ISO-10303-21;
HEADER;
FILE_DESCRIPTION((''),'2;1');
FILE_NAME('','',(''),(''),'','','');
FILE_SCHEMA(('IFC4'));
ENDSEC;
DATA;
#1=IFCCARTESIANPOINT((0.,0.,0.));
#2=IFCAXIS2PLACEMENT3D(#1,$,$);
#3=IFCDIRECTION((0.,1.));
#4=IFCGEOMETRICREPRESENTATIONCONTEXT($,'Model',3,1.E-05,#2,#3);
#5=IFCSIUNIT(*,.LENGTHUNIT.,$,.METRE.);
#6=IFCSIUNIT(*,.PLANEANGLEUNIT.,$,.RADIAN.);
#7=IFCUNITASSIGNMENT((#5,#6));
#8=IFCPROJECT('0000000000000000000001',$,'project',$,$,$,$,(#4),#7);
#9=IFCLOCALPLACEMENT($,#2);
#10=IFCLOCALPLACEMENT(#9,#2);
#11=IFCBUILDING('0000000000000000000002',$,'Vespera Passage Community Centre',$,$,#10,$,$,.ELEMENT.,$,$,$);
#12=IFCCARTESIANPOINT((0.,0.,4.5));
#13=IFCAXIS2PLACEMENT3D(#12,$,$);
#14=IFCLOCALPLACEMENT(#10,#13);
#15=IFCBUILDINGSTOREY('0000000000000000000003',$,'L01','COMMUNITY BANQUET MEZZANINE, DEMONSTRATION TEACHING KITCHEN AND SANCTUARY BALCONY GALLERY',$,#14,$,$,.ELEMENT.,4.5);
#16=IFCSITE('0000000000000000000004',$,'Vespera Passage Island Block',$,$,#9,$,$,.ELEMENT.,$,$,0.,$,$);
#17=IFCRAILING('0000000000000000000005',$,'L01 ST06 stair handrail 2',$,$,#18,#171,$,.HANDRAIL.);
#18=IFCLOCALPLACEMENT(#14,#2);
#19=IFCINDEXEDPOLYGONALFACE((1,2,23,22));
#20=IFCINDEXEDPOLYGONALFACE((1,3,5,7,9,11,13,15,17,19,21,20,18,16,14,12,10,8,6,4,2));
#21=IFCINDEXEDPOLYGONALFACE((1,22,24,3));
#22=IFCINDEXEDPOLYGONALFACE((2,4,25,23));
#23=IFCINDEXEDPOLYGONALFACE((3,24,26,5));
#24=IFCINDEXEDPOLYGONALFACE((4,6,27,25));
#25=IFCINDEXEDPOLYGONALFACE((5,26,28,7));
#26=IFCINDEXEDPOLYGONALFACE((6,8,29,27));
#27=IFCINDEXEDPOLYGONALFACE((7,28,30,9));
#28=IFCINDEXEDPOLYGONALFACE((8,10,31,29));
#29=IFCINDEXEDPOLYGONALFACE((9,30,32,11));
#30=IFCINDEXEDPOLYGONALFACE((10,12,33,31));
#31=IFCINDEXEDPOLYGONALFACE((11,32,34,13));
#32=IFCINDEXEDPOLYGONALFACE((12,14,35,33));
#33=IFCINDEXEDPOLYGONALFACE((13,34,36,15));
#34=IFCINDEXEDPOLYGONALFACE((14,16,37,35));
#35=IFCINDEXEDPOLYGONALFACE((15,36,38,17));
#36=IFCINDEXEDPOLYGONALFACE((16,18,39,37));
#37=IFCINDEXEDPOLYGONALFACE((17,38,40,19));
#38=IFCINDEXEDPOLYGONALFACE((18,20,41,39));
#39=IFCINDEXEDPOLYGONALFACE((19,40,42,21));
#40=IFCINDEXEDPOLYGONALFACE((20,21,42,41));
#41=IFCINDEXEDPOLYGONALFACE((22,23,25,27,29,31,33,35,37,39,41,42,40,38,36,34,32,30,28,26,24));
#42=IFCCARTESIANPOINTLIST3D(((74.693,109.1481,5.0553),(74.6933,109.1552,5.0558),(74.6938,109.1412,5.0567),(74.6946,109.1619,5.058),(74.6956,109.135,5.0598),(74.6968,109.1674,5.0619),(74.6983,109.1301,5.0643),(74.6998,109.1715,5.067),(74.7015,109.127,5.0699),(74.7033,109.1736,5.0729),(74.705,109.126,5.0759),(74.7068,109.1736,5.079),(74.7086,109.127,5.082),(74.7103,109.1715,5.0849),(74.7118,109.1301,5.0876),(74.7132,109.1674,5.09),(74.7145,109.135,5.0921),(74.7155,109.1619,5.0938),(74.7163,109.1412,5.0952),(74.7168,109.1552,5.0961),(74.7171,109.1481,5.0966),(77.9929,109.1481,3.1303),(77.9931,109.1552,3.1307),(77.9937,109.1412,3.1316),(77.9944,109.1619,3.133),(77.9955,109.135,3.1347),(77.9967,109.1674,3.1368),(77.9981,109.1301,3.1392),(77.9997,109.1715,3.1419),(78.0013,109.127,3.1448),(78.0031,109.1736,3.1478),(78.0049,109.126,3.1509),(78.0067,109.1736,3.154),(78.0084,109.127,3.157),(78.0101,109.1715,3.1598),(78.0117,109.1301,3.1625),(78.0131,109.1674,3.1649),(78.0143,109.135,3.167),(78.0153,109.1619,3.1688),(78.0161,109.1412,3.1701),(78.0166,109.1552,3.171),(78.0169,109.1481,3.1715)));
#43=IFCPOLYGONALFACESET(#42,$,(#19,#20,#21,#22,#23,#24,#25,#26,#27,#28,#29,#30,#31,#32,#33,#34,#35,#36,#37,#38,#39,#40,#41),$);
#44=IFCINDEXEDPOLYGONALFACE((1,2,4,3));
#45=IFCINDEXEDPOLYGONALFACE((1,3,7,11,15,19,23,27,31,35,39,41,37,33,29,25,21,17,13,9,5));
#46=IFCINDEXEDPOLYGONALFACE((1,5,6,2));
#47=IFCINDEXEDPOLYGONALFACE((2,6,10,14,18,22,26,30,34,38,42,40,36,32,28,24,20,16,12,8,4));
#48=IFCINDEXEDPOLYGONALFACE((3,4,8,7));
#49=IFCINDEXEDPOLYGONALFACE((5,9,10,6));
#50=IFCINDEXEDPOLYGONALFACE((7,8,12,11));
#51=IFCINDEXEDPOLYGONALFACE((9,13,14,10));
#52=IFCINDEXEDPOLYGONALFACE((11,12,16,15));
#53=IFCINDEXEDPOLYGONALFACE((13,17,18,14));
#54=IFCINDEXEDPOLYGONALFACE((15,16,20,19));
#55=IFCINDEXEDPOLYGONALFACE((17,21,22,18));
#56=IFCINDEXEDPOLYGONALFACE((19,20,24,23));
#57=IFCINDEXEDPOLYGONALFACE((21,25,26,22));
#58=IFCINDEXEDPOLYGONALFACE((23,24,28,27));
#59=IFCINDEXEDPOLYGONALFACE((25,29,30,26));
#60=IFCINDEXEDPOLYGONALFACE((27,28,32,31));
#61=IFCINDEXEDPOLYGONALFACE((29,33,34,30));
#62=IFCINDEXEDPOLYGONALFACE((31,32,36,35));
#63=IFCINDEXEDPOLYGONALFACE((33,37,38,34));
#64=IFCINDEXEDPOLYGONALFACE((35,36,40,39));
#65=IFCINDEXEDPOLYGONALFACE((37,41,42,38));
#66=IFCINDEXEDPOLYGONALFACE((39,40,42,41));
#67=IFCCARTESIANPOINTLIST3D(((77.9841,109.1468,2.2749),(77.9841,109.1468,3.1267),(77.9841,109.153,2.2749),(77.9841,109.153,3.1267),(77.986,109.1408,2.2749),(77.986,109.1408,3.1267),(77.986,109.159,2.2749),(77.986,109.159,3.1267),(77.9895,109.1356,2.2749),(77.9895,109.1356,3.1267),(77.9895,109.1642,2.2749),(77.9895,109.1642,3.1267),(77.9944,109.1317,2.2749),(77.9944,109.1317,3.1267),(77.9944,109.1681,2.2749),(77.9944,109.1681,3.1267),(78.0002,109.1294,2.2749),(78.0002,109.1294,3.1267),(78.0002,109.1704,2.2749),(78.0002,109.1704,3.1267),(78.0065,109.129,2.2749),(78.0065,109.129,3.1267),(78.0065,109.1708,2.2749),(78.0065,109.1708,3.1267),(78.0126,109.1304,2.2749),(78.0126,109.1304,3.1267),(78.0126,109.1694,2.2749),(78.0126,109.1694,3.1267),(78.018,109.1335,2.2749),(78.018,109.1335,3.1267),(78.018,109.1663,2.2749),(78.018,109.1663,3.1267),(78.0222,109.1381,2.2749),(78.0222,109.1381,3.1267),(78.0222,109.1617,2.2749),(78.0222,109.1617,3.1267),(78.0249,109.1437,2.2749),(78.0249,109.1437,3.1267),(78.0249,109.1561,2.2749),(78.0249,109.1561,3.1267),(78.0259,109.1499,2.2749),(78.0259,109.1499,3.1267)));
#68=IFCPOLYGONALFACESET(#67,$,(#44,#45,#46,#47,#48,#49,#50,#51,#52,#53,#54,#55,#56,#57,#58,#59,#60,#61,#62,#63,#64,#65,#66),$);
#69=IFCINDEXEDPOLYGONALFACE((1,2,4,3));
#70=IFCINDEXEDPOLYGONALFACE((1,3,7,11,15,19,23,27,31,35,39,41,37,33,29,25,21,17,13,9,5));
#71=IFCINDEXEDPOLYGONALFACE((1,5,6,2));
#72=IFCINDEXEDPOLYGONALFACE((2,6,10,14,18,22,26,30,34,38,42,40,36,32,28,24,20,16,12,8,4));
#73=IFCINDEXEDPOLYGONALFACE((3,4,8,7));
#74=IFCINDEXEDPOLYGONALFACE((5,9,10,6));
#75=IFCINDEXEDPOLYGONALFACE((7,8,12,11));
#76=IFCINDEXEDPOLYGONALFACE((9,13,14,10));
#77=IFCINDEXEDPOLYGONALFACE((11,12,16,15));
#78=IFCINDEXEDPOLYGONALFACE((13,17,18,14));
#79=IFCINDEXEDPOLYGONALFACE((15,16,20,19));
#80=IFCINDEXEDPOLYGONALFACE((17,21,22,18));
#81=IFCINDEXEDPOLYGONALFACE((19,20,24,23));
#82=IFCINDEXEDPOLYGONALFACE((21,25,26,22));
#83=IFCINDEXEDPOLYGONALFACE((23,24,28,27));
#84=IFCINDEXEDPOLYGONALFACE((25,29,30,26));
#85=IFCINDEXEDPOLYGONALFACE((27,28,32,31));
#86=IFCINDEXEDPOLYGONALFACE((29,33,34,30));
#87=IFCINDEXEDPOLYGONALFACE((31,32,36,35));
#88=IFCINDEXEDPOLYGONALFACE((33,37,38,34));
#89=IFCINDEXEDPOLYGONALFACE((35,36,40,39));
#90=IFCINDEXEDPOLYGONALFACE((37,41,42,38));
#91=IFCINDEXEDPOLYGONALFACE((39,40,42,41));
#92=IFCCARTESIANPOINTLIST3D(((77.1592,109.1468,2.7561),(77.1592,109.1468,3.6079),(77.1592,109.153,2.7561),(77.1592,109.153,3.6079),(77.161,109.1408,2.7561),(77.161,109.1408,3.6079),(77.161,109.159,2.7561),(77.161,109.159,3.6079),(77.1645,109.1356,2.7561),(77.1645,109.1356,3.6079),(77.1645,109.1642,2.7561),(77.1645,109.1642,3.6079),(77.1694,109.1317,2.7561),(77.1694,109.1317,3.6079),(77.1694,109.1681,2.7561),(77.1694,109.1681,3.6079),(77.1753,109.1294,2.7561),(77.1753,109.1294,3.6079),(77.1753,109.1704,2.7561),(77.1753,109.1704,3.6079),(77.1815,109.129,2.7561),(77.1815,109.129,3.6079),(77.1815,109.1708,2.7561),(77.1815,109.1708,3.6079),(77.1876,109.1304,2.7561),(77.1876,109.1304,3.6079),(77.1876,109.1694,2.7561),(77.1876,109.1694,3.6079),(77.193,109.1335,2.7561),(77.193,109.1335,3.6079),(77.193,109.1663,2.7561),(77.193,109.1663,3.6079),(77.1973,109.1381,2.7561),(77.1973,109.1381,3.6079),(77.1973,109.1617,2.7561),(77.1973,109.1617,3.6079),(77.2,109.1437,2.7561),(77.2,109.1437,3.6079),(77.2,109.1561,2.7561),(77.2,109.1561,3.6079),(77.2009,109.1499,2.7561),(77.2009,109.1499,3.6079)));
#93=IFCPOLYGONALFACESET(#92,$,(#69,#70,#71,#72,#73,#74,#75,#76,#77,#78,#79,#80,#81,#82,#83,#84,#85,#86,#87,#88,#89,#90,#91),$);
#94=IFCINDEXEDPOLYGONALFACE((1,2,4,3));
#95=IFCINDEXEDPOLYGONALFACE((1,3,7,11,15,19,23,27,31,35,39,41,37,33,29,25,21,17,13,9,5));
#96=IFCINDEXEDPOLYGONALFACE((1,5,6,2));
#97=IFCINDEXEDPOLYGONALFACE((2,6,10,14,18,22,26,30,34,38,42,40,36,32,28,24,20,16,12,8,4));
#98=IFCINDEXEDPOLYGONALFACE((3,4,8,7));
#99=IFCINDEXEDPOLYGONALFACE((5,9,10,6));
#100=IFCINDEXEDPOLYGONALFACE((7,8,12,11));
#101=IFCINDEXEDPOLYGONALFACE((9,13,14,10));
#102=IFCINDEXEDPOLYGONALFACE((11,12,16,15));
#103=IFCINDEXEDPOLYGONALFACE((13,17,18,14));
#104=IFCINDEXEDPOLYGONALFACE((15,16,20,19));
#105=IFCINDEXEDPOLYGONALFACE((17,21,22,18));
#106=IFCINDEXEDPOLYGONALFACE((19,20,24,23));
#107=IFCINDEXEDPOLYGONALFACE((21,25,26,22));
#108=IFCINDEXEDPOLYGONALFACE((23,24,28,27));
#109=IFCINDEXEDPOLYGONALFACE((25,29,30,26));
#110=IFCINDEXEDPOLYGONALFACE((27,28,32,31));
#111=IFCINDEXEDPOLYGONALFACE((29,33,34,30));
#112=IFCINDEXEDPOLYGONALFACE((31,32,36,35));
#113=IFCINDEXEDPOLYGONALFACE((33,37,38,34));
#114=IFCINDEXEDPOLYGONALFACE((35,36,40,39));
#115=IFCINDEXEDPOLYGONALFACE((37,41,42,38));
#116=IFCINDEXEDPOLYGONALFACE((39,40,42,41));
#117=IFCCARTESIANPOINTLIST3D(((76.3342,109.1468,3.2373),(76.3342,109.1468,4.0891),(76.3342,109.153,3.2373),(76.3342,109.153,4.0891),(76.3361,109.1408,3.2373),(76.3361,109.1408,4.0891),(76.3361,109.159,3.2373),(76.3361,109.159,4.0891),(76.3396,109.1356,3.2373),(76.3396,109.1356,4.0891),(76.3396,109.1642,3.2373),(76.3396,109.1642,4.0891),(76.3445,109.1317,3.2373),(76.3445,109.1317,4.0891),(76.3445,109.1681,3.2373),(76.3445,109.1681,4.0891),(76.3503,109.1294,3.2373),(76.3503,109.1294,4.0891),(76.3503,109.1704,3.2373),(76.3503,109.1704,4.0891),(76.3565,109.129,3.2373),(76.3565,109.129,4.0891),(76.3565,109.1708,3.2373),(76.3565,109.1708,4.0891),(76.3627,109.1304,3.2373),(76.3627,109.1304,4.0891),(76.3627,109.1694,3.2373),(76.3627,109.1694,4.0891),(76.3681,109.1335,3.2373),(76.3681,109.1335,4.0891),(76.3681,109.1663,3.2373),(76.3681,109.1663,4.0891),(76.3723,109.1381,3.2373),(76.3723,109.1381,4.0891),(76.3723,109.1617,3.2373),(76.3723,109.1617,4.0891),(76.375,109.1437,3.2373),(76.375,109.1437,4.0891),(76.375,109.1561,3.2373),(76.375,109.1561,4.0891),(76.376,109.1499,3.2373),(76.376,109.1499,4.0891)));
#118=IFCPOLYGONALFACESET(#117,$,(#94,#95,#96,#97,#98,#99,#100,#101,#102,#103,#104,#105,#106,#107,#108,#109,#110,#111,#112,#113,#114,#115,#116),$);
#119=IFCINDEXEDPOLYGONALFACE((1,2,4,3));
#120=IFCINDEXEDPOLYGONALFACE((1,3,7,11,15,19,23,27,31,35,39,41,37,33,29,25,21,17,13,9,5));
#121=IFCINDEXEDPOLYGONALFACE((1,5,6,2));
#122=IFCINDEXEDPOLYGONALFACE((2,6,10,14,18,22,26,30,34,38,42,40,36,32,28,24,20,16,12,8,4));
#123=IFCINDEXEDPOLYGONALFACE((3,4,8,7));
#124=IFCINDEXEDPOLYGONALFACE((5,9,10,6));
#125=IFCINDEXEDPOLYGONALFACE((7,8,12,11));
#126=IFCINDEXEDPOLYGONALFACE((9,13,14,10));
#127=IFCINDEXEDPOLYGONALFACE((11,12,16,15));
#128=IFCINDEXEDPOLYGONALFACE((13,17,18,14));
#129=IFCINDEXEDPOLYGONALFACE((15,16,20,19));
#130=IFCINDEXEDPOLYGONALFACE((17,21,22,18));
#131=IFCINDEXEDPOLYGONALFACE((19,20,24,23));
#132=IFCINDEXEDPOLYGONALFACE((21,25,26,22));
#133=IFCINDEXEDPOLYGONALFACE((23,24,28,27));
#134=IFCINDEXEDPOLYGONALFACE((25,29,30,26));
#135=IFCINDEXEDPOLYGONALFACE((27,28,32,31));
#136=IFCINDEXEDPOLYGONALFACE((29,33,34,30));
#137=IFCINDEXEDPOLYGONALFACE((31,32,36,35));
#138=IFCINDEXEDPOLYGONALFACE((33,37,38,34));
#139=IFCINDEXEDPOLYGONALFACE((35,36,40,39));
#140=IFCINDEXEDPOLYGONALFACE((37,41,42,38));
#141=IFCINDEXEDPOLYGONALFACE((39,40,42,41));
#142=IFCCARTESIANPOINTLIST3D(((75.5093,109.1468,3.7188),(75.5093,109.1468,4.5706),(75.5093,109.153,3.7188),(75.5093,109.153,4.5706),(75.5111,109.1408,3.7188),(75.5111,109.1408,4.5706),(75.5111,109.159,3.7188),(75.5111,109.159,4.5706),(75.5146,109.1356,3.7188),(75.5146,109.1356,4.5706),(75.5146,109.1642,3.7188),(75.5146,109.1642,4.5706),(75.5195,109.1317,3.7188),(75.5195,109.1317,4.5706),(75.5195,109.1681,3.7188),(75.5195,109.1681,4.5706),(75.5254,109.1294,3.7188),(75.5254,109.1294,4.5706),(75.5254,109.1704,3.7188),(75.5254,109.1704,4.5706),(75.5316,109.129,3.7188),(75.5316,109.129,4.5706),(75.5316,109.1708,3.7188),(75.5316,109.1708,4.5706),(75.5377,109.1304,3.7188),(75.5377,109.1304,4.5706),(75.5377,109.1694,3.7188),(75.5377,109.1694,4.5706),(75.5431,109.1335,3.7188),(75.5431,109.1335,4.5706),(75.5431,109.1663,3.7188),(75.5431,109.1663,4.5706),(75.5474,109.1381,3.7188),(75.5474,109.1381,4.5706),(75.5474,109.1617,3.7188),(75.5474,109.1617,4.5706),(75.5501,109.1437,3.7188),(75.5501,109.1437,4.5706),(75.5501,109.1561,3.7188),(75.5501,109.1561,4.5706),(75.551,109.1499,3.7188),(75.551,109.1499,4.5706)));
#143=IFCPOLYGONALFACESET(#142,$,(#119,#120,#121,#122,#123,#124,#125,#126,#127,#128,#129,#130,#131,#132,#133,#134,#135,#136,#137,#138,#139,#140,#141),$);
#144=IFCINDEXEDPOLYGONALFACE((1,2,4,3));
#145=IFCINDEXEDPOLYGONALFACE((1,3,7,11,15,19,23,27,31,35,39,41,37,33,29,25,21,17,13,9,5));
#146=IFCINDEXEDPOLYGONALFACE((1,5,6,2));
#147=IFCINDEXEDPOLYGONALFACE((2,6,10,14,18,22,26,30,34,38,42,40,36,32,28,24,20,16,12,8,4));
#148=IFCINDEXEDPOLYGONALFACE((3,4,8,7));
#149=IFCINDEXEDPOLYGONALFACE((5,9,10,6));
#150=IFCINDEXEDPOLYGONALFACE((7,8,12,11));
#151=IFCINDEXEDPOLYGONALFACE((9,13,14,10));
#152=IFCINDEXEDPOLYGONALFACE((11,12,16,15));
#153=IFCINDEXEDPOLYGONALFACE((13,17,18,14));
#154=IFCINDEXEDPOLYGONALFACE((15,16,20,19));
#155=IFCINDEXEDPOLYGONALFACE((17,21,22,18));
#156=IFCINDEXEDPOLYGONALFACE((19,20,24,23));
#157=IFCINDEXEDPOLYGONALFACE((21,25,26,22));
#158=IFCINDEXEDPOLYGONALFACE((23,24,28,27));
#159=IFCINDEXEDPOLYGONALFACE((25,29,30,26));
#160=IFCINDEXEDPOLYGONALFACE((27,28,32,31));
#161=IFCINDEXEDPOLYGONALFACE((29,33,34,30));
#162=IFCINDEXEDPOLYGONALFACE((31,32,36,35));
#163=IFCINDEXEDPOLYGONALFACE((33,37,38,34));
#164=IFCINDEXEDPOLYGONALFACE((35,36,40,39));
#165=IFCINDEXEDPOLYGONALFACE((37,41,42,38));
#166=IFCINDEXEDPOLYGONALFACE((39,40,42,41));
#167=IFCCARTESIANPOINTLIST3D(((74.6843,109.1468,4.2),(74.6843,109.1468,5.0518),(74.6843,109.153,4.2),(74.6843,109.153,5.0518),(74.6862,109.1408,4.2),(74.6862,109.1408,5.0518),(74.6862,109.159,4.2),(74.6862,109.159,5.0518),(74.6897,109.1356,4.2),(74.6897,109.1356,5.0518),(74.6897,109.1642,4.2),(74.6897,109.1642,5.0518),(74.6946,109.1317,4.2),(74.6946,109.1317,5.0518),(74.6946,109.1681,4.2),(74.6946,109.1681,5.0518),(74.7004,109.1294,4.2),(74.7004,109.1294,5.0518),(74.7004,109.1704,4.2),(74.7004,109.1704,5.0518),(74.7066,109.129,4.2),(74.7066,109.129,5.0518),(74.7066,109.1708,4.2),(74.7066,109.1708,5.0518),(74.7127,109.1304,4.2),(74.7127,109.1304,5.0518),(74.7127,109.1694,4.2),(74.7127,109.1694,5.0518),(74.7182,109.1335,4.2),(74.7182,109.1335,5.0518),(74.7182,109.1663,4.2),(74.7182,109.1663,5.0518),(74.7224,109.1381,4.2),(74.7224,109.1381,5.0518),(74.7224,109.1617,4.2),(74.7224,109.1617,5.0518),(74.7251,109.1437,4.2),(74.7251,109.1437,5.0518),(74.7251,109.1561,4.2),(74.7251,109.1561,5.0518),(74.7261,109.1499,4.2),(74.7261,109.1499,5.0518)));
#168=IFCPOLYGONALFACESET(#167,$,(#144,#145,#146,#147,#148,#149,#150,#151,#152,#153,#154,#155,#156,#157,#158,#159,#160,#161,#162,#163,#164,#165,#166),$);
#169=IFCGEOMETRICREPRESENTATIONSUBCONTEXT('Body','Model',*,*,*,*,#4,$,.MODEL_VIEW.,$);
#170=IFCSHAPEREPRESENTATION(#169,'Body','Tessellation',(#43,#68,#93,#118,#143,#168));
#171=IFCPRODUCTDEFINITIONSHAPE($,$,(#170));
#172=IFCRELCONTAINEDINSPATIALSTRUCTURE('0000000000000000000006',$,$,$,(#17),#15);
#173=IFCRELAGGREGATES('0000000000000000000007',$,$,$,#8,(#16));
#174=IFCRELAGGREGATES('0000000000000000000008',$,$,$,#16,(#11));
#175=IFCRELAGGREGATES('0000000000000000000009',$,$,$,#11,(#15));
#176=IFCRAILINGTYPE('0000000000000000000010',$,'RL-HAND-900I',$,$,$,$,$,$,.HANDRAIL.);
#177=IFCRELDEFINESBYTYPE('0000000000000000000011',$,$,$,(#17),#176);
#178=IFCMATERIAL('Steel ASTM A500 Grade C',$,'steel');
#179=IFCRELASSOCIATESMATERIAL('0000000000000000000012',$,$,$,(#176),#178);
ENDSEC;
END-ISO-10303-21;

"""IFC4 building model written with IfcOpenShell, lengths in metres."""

from ifc_helpers import new_model, si_unit, direction, frame, origin, origin_2d, place, context, subcontext, project, spatial, circle, extrude, material, type_object, element, save


model = new_model("IFC4")

# Units and contexts
model_context = context("Model", 3, precision=1e-05, world=origin(), true_north=direction((0.0, 1.0)))
body_context = subcontext(model_context, "Body", "Model", "MODEL_VIEW")
ifc_project = project(units=[si_unit("LENGTHUNIT", "METRE"), si_unit("PLANEANGLEUNIT", "RADIAN")], contexts=[model_context])

# Site, building, storey
site_placement = place(None, origin())
site = spatial("IfcSite", under=ifc_project, at=site_placement, Name="Vespera Passage Island Block", CompositionType="ELEMENT", RefElevation=0.0)
building_placement = place(site_placement, origin())
building = spatial("IfcBuilding", under=site, at=building_placement, Name="Vespera Passage Community Centre", CompositionType="ELEMENT")
storey_placement = place(building_placement, frame((0.0, 0.0, 4.5)))
storey = spatial("IfcBuildingStorey", under=building, at=storey_placement, Name="L01", Description="COMMUNITY BANQUET MEZZANINE, DEMONSTRATION TEACHING KITCHEN AND SANCTUARY BALCONY GALLERY", CompositionType="ELEMENT", Elevation=4.5)

# Railing
ifc_material_1 = material(Name="Steel ASTM A500 Grade C", Category="steel")
railing_type_1 = type_object("IfcRailingType", Name="RL-HAND-900I", PredefinedType="HANDRAIL", material=ifc_material_1)
railing_1_placement = place(storey_placement, frame((78.0049, 109.1499, 2.2749)))
element("IfcRailing", 1, at=railing_1_placement, inside=storey, type_object=railing_type_1, Name="L01 ST06 stair handrail 2", PredefinedType="HANDRAIL", context=body_context, shape_type="SweptSolid", body=[
    extrude(circle(Radius=0.0239, at=origin_2d()), frame((0.0, 0.0, 0.876), z_axis=(-0.86376, 0.0, 0.503903), x_axis=(0.0, -1.0, 0.0)), (0.0, 0.0, 1.0), 3.8203),
    extrude(circle(Radius=0.021, at=origin_2d()), origin(), (0.0, 0.0, 1.0), 0.8518),
    extrude(circle(Radius=0.021, at=origin_2d()), frame((-0.825, 0.0, 0.4812)), (0.0, 0.0, 1.0), 0.8518),
    extrude(circle(Radius=0.021, at=origin_2d()), frame((-1.6499, 0.0, 0.9624)), (0.0, 0.0, 1.0), 0.8518),
    extrude(circle(Radius=0.021, at=origin_2d()), frame((-2.4749, 0.0, 1.4438)), (0.0, 0.0, 1.0), 0.8518),
    extrude(circle(Radius=0.021, at=origin_2d()), frame((-3.2998, 0.0, 1.925)), (0.0, 0.0, 1.0), 0.8518),
])

save(model, "model.ifc")
